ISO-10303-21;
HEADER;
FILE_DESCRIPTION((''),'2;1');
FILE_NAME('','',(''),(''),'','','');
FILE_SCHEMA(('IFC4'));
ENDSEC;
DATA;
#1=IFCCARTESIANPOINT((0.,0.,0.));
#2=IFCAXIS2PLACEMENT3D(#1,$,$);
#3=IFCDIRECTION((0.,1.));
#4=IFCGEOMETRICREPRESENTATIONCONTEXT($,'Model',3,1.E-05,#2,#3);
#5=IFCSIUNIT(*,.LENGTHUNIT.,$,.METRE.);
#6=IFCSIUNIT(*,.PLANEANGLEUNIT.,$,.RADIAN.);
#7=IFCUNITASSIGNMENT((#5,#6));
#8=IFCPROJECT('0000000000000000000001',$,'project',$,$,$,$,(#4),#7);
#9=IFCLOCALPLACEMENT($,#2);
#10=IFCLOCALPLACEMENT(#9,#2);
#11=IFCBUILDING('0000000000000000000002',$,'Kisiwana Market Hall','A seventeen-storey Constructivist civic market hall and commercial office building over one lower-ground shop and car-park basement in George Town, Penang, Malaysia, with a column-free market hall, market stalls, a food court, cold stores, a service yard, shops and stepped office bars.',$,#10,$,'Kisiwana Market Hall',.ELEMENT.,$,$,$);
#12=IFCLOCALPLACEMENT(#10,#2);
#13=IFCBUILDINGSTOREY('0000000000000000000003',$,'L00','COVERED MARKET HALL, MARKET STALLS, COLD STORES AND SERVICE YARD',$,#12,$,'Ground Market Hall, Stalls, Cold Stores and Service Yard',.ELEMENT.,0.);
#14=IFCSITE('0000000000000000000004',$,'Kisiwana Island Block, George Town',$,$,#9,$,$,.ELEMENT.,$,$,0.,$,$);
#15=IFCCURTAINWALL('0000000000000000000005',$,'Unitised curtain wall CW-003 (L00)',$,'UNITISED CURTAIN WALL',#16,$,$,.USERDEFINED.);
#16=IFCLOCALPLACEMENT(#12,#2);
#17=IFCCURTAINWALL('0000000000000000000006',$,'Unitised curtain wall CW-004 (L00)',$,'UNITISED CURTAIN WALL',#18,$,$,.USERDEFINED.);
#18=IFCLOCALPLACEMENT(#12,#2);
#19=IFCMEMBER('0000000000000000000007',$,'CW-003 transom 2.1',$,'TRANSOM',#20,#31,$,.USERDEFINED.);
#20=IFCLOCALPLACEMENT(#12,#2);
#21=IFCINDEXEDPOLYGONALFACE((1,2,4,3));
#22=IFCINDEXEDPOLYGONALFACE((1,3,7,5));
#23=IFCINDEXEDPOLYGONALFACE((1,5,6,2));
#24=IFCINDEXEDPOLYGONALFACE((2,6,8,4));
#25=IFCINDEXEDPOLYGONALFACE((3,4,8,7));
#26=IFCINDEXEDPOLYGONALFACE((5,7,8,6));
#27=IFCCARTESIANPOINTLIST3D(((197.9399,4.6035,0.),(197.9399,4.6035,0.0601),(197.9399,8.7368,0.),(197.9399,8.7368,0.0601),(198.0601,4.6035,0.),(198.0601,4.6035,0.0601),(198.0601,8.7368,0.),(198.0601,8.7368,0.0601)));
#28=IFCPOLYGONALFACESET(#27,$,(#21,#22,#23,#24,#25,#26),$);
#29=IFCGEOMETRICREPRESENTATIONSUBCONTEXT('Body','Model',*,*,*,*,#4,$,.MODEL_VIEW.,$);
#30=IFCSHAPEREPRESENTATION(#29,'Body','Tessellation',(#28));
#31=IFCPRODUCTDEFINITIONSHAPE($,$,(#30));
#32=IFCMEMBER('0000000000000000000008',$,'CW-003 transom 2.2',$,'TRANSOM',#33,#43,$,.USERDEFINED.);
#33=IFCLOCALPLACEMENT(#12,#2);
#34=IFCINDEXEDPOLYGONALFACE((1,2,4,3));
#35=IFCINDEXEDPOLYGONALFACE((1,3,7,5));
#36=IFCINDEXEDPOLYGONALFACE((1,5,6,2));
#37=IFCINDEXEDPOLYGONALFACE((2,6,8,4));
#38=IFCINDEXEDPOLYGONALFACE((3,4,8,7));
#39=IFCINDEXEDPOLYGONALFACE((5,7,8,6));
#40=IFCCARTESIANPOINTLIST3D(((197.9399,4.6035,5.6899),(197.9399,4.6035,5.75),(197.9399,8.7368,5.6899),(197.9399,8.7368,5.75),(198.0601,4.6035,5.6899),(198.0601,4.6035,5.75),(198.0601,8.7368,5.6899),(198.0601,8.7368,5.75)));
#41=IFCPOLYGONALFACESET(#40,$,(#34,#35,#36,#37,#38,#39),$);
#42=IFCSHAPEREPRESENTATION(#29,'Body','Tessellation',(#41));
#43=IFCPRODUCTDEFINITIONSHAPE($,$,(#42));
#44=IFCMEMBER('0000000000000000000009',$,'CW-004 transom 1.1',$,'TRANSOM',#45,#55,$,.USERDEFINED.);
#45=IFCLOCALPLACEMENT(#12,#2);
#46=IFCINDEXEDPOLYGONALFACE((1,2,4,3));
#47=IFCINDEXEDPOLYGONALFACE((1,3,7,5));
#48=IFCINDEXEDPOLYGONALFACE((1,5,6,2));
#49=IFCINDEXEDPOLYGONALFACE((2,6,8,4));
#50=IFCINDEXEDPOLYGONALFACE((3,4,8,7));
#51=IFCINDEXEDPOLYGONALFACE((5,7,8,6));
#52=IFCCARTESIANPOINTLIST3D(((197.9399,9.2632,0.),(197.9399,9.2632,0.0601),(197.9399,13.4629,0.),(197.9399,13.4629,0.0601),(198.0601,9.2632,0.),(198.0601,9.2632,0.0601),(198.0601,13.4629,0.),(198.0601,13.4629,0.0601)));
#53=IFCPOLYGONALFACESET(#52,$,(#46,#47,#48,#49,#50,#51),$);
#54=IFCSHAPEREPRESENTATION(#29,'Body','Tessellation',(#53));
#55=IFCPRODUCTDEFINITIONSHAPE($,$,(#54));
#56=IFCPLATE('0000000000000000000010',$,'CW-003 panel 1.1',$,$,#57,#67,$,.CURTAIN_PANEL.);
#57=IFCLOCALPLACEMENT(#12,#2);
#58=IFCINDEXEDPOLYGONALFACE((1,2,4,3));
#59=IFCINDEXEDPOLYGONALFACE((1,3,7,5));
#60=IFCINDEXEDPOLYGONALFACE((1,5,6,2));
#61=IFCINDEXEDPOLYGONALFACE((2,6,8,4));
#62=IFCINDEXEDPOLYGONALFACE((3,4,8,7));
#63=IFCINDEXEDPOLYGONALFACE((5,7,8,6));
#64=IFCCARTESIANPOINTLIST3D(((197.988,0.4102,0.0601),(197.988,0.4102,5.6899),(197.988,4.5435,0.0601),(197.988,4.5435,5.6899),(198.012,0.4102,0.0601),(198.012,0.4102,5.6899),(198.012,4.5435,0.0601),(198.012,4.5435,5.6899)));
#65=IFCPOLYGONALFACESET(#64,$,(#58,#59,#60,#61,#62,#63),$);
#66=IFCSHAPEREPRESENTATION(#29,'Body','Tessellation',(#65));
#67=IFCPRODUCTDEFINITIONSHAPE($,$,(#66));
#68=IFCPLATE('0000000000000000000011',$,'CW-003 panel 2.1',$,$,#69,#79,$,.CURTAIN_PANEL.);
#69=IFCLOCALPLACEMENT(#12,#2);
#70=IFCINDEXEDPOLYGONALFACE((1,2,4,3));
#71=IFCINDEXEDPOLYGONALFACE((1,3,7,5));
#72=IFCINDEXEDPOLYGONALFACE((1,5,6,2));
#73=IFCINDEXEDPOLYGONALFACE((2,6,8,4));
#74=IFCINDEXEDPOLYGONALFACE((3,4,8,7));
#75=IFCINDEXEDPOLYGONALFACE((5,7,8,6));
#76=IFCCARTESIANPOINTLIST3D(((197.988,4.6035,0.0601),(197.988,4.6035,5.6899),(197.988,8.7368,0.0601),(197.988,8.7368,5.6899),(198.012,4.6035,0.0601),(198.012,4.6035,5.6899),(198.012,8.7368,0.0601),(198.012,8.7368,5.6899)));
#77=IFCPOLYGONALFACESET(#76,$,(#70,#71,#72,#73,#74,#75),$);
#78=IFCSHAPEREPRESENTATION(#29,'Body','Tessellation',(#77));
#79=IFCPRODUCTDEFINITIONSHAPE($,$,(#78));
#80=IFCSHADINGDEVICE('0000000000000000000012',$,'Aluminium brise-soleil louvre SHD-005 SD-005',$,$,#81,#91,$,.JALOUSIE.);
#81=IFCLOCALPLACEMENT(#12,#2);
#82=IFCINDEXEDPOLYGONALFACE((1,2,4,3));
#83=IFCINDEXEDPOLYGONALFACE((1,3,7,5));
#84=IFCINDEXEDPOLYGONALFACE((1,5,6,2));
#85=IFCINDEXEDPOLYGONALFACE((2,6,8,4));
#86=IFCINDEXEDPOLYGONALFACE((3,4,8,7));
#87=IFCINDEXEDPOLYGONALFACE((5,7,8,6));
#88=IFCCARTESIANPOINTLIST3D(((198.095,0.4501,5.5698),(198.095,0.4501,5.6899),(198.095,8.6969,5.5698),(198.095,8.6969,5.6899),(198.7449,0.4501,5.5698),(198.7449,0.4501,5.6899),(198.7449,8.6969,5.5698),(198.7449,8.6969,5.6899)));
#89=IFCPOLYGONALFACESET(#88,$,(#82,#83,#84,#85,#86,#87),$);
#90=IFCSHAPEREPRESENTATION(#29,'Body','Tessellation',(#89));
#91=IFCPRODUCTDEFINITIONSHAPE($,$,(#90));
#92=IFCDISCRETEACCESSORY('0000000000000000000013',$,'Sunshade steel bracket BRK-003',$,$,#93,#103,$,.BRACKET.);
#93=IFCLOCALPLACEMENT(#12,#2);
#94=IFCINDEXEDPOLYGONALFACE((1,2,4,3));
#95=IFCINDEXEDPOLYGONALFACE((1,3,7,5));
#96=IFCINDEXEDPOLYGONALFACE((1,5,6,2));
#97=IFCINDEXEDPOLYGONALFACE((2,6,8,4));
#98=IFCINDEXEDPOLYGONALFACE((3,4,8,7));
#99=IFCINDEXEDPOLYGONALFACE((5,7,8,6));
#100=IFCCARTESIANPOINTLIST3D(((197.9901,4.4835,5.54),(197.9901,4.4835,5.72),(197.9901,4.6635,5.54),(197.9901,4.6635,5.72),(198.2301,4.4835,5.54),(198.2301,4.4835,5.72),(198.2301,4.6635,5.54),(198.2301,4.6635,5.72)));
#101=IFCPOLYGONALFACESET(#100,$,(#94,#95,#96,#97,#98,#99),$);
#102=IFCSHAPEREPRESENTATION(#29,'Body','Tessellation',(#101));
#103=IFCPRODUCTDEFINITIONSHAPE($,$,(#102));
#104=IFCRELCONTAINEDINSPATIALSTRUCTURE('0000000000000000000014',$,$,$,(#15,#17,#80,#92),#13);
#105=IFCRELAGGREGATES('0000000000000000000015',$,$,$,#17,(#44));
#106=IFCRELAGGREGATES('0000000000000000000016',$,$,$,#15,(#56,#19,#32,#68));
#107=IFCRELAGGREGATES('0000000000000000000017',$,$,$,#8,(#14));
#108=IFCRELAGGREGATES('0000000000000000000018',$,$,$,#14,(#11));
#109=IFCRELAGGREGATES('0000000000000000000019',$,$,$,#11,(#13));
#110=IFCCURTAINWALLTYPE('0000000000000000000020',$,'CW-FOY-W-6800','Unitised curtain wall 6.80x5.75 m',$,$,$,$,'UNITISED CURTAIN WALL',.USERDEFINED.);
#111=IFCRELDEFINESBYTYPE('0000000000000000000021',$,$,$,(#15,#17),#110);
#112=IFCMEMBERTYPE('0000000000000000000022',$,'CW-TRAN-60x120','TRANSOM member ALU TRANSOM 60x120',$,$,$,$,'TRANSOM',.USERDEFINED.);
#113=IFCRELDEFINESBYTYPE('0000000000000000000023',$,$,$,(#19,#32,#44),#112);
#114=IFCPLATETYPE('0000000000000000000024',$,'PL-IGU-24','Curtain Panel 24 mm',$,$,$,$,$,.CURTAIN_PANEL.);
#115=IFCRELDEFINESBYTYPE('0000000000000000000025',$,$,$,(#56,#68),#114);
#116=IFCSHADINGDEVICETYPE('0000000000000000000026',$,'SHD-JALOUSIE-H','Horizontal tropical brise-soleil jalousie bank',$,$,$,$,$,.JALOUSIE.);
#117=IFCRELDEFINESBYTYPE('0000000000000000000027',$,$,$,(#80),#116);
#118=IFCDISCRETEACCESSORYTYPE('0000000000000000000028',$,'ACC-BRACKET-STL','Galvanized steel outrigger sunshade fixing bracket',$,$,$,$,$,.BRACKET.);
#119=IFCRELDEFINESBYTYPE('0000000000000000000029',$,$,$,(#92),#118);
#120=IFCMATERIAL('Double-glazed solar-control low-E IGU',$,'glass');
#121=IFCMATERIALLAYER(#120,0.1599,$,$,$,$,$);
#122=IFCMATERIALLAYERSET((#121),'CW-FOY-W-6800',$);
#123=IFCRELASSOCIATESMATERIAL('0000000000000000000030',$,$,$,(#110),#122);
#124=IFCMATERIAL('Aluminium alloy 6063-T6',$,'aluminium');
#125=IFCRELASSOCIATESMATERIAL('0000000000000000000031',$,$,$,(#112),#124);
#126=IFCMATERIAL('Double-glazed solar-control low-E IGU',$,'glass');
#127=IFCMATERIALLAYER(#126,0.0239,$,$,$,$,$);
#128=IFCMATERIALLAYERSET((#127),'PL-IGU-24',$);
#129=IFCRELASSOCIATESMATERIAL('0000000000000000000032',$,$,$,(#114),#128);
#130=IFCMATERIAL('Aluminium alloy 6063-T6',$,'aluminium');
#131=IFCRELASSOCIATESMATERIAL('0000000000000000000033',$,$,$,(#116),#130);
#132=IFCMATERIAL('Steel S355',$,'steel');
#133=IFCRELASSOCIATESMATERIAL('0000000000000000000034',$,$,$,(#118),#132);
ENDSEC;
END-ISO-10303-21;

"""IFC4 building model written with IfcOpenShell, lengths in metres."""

from ifc_helpers import new_model, si_unit, direction, frame, origin, origin_2d, place, context, subcontext, project, spatial, rectangle, extrude, material, layer, layer_set, material_profile, profile_set, type_object, element, aggregate, save


model = new_model("IFC4")

# Units and contexts
model_context = context("Model", 3, precision=1e-05, world=origin(), true_north=direction((0.0, 1.0)))
body_context = subcontext(model_context, "Body", "Model", "MODEL_VIEW")
ifc_project = project(units=[si_unit("LENGTHUNIT", "METRE"), si_unit("PLANEANGLEUNIT", "RADIAN")], contexts=[model_context])

# Site, building, storey
site_placement = place(None, origin())
site = spatial("IfcSite", under=ifc_project, at=site_placement, Name="Kisiwana Island Block, George Town", CompositionType="ELEMENT", RefElevation=0.0)
building_placement = place(site_placement, origin())
building = spatial("IfcBuilding", under=site, at=building_placement, Name="Kisiwana Market Hall", Description="A seventeen-storey Constructivist civic market hall and commercial office building over one lower-ground shop and car-park basement in George Town, Penang, Malaysia, with a column-free market hall, market stalls, a food court, cold stores, a service yard, shops and stepped office bars.", LongName="Kisiwana Market Hall", CompositionType="ELEMENT")
storey_placement = place(building_placement, origin())
storey = spatial("IfcBuildingStorey", under=building, at=storey_placement, Name="L00", Description="COVERED MARKET HALL, MARKET STALLS, COLD STORES AND SERVICE YARD", LongName="Ground Market Hall, Stalls, Cold Stores and Service Yard", CompositionType="ELEMENT", Elevation=0.0)

# Curtain wall
ifc_material_1 = material(Name="Double-glazed solar-control low-E IGU", Category="glass")
ifc_layer_1 = layer(ifc_material_1, 0.1599)
ifc_layer_set_1 = layer_set([ifc_layer_1], Name="CW-FOY-W-6800")
curtain_wall_type = type_object("IfcCurtainWallType", Name="CW-FOY-W-6800", Description="Unitised curtain wall 6.80x5.75 m", ElementType="UNITISED CURTAIN WALL", PredefinedType="USERDEFINED", material=ifc_layer_set_1)
curtain_wall_1_placement = place(storey_placement, origin())
curtain_wall_1 = element("IfcCurtainWall", 1, at=curtain_wall_1_placement, inside=storey, type_object=curtain_wall_type, Name="Unitised curtain wall CW-003 (L00)", ObjectType="UNITISED CURTAIN WALL", PredefinedType="USERDEFINED")

# Curtain wall
curtain_wall_2_placement = place(storey_placement, origin())
curtain_wall_2 = element("IfcCurtainWall", 2, at=curtain_wall_2_placement, inside=storey, type_object=curtain_wall_type, Name="Unitised curtain wall CW-004 (L00)", ObjectType="UNITISED CURTAIN WALL", PredefinedType="USERDEFINED")

# Members
ifc_material_2 = material(Name="Aluminium alloy 6063-T6", Category="aluminium")
ifc_material_profile_1 = material_profile(ifc_material_2, rectangle(XDim=0.1201, YDim=0.0601, at=origin_2d()), Name="ALU TRANSOM 60x120")
ifc_profile_set_1 = profile_set([ifc_material_profile_1], Name="Aluminium alloy 6063-T6")
member_type_1 = type_object("IfcMemberType", Name="CW-TRAN-60x120", Description="TRANSOM member ALU TRANSOM 60x120", ElementType="TRANSOM", PredefinedType="USERDEFINED", material=ifc_profile_set_1)
member_1_placement = place(storey_placement, frame((198.0, 4.6035, 0.03), z_axis=(0.0, 1.0, 0.0), x_axis=(-1.0, 0.0, 0.0)))
member_1 = element("IfcMember", 3, at=member_1_placement, type_object=member_type_1, Name="CW-003 transom 2.1", ObjectType="TRANSOM", PredefinedType="USERDEFINED", context=body_context, shape_type="SweptSolid", body=[
    extrude(rectangle(XDim=0.1201, YDim=0.0601, at=origin_2d()), origin(), (0.0, 0.0, 1.0), 4.1333),
])
member_2_placement = place(storey_placement, frame((198.0, 4.6035, 5.72), z_axis=(0.0, 1.0, 0.0), x_axis=(-1.0, 0.0, 0.0)))
member_2 = element("IfcMember", 4, at=member_2_placement, type_object=member_type_1, Name="CW-003 transom 2.2", ObjectType="TRANSOM", PredefinedType="USERDEFINED", context=body_context, shape_type="SweptSolid", body=[
    extrude(rectangle(XDim=0.1201, YDim=0.0601, at=origin_2d()), origin(), (0.0, 0.0, 1.0), 4.1333),
])
member_3_placement = place(storey_placement, frame((198.0, 9.2632, 0.03), z_axis=(0.0, 1.0, 0.0), x_axis=(-1.0, 0.0, 0.0)))
member_3 = element("IfcMember", 5, at=member_3_placement, type_object=member_type_1, Name="CW-004 transom 1.1", ObjectType="TRANSOM", PredefinedType="USERDEFINED", context=body_context, shape_type="SweptSolid", body=[
    extrude(rectangle(XDim=0.1201, YDim=0.0601, at=origin_2d()), origin(), (0.0, 0.0, 1.0), 4.1997),
])
aggregate(curtain_wall_2, [member_3])

# Plates
ifc_material_3 = material(Name="Double-glazed solar-control low-E IGU", Category="glass")
ifc_layer_2 = layer(ifc_material_3, 0.0239)
ifc_layer_set_2 = layer_set([ifc_layer_2], Name="PL-IGU-24")
plate_type = type_object("IfcPlateType", Name="PL-IGU-24", Description="Curtain Panel 24 mm", PredefinedType="CURTAIN_PANEL", material=ifc_layer_set_2)
plate_1_placement = place(storey_placement, frame((198.0, 2.4768, 0.0601), z_axis=(0.0, 0.0, 1.0), x_axis=(0.0, 1.0, 0.0)))
plate_1 = element("IfcPlate", 6, at=plate_1_placement, type_object=plate_type, Name="CW-003 panel 1.1", PredefinedType="CURTAIN_PANEL", context=body_context, shape_type="SweptSolid", body=[
    extrude(rectangle(XDim=4.1333, YDim=0.0239, at=origin_2d()), origin(), (0.0, 0.0, 1.0), 5.6299),
])
plate_2_placement = place(storey_placement, frame((198.0, 6.6702, 0.0601), z_axis=(0.0, 0.0, 1.0), x_axis=(0.0, 1.0, 0.0)))
plate_2 = element("IfcPlate", 7, at=plate_2_placement, type_object=plate_type, Name="CW-003 panel 2.1", PredefinedType="CURTAIN_PANEL", context=body_context, shape_type="SweptSolid", body=[
    extrude(rectangle(XDim=4.1333, YDim=0.0239, at=origin_2d()), origin(), (0.0, 0.0, 1.0), 5.6299),
])
aggregate(curtain_wall_1, [plate_1, member_1, member_2, plate_2])

# Shading device
ifc_material_4 = material(Name="Aluminium alloy 6063-T6", Category="aluminium")
shading_device_type = type_object("IfcShadingDeviceType", Name="SHD-JALOUSIE-H", Description="Horizontal tropical brise-soleil jalousie bank", PredefinedType="JALOUSIE", material=ifc_material_4)
shading_device_placement = place(storey_placement, frame((198.4199, 4.5735, 5.5698), z_axis=(0.0, 0.0, 1.0), x_axis=(0.0, 1.0, 0.0)))
element("IfcShadingDevice", 8, at=shading_device_placement, inside=storey, type_object=shading_device_type, Name="Aluminium brise-soleil louvre SHD-005 SD-005", PredefinedType="JALOUSIE", context=body_context, shape_type="SweptSolid", body=[
    extrude(rectangle(XDim=8.2468, YDim=0.6499, at=origin_2d()), origin(), (0.0, 0.0, 1.0), 0.1201),
])

# Discrete accessory
ifc_material_5 = material(Name="Steel S355", Category="steel")
discrete_accessory_type = type_object("IfcDiscreteAccessoryType", Name="ACC-BRACKET-STL", Description="Galvanized steel outrigger sunshade fixing bracket", PredefinedType="BRACKET", material=ifc_material_5)
discrete_accessory_placement = place(storey_placement, frame((198.1101, 4.5735, 5.54), z_axis=(0.0, 0.0, 1.0), x_axis=(0.0, 1.0, 0.0)))
element("IfcDiscreteAccessory", 9, at=discrete_accessory_placement, inside=storey, type_object=discrete_accessory_type, Name="Sunshade steel bracket BRK-003", PredefinedType="BRACKET", context=body_context, shape_type="SweptSolid", body=[
    extrude(rectangle(XDim=0.1799, YDim=0.24, at=origin_2d()), origin(), (0.0, 0.0, 1.0), 0.1799),
])

save(model, "model.ifc")
